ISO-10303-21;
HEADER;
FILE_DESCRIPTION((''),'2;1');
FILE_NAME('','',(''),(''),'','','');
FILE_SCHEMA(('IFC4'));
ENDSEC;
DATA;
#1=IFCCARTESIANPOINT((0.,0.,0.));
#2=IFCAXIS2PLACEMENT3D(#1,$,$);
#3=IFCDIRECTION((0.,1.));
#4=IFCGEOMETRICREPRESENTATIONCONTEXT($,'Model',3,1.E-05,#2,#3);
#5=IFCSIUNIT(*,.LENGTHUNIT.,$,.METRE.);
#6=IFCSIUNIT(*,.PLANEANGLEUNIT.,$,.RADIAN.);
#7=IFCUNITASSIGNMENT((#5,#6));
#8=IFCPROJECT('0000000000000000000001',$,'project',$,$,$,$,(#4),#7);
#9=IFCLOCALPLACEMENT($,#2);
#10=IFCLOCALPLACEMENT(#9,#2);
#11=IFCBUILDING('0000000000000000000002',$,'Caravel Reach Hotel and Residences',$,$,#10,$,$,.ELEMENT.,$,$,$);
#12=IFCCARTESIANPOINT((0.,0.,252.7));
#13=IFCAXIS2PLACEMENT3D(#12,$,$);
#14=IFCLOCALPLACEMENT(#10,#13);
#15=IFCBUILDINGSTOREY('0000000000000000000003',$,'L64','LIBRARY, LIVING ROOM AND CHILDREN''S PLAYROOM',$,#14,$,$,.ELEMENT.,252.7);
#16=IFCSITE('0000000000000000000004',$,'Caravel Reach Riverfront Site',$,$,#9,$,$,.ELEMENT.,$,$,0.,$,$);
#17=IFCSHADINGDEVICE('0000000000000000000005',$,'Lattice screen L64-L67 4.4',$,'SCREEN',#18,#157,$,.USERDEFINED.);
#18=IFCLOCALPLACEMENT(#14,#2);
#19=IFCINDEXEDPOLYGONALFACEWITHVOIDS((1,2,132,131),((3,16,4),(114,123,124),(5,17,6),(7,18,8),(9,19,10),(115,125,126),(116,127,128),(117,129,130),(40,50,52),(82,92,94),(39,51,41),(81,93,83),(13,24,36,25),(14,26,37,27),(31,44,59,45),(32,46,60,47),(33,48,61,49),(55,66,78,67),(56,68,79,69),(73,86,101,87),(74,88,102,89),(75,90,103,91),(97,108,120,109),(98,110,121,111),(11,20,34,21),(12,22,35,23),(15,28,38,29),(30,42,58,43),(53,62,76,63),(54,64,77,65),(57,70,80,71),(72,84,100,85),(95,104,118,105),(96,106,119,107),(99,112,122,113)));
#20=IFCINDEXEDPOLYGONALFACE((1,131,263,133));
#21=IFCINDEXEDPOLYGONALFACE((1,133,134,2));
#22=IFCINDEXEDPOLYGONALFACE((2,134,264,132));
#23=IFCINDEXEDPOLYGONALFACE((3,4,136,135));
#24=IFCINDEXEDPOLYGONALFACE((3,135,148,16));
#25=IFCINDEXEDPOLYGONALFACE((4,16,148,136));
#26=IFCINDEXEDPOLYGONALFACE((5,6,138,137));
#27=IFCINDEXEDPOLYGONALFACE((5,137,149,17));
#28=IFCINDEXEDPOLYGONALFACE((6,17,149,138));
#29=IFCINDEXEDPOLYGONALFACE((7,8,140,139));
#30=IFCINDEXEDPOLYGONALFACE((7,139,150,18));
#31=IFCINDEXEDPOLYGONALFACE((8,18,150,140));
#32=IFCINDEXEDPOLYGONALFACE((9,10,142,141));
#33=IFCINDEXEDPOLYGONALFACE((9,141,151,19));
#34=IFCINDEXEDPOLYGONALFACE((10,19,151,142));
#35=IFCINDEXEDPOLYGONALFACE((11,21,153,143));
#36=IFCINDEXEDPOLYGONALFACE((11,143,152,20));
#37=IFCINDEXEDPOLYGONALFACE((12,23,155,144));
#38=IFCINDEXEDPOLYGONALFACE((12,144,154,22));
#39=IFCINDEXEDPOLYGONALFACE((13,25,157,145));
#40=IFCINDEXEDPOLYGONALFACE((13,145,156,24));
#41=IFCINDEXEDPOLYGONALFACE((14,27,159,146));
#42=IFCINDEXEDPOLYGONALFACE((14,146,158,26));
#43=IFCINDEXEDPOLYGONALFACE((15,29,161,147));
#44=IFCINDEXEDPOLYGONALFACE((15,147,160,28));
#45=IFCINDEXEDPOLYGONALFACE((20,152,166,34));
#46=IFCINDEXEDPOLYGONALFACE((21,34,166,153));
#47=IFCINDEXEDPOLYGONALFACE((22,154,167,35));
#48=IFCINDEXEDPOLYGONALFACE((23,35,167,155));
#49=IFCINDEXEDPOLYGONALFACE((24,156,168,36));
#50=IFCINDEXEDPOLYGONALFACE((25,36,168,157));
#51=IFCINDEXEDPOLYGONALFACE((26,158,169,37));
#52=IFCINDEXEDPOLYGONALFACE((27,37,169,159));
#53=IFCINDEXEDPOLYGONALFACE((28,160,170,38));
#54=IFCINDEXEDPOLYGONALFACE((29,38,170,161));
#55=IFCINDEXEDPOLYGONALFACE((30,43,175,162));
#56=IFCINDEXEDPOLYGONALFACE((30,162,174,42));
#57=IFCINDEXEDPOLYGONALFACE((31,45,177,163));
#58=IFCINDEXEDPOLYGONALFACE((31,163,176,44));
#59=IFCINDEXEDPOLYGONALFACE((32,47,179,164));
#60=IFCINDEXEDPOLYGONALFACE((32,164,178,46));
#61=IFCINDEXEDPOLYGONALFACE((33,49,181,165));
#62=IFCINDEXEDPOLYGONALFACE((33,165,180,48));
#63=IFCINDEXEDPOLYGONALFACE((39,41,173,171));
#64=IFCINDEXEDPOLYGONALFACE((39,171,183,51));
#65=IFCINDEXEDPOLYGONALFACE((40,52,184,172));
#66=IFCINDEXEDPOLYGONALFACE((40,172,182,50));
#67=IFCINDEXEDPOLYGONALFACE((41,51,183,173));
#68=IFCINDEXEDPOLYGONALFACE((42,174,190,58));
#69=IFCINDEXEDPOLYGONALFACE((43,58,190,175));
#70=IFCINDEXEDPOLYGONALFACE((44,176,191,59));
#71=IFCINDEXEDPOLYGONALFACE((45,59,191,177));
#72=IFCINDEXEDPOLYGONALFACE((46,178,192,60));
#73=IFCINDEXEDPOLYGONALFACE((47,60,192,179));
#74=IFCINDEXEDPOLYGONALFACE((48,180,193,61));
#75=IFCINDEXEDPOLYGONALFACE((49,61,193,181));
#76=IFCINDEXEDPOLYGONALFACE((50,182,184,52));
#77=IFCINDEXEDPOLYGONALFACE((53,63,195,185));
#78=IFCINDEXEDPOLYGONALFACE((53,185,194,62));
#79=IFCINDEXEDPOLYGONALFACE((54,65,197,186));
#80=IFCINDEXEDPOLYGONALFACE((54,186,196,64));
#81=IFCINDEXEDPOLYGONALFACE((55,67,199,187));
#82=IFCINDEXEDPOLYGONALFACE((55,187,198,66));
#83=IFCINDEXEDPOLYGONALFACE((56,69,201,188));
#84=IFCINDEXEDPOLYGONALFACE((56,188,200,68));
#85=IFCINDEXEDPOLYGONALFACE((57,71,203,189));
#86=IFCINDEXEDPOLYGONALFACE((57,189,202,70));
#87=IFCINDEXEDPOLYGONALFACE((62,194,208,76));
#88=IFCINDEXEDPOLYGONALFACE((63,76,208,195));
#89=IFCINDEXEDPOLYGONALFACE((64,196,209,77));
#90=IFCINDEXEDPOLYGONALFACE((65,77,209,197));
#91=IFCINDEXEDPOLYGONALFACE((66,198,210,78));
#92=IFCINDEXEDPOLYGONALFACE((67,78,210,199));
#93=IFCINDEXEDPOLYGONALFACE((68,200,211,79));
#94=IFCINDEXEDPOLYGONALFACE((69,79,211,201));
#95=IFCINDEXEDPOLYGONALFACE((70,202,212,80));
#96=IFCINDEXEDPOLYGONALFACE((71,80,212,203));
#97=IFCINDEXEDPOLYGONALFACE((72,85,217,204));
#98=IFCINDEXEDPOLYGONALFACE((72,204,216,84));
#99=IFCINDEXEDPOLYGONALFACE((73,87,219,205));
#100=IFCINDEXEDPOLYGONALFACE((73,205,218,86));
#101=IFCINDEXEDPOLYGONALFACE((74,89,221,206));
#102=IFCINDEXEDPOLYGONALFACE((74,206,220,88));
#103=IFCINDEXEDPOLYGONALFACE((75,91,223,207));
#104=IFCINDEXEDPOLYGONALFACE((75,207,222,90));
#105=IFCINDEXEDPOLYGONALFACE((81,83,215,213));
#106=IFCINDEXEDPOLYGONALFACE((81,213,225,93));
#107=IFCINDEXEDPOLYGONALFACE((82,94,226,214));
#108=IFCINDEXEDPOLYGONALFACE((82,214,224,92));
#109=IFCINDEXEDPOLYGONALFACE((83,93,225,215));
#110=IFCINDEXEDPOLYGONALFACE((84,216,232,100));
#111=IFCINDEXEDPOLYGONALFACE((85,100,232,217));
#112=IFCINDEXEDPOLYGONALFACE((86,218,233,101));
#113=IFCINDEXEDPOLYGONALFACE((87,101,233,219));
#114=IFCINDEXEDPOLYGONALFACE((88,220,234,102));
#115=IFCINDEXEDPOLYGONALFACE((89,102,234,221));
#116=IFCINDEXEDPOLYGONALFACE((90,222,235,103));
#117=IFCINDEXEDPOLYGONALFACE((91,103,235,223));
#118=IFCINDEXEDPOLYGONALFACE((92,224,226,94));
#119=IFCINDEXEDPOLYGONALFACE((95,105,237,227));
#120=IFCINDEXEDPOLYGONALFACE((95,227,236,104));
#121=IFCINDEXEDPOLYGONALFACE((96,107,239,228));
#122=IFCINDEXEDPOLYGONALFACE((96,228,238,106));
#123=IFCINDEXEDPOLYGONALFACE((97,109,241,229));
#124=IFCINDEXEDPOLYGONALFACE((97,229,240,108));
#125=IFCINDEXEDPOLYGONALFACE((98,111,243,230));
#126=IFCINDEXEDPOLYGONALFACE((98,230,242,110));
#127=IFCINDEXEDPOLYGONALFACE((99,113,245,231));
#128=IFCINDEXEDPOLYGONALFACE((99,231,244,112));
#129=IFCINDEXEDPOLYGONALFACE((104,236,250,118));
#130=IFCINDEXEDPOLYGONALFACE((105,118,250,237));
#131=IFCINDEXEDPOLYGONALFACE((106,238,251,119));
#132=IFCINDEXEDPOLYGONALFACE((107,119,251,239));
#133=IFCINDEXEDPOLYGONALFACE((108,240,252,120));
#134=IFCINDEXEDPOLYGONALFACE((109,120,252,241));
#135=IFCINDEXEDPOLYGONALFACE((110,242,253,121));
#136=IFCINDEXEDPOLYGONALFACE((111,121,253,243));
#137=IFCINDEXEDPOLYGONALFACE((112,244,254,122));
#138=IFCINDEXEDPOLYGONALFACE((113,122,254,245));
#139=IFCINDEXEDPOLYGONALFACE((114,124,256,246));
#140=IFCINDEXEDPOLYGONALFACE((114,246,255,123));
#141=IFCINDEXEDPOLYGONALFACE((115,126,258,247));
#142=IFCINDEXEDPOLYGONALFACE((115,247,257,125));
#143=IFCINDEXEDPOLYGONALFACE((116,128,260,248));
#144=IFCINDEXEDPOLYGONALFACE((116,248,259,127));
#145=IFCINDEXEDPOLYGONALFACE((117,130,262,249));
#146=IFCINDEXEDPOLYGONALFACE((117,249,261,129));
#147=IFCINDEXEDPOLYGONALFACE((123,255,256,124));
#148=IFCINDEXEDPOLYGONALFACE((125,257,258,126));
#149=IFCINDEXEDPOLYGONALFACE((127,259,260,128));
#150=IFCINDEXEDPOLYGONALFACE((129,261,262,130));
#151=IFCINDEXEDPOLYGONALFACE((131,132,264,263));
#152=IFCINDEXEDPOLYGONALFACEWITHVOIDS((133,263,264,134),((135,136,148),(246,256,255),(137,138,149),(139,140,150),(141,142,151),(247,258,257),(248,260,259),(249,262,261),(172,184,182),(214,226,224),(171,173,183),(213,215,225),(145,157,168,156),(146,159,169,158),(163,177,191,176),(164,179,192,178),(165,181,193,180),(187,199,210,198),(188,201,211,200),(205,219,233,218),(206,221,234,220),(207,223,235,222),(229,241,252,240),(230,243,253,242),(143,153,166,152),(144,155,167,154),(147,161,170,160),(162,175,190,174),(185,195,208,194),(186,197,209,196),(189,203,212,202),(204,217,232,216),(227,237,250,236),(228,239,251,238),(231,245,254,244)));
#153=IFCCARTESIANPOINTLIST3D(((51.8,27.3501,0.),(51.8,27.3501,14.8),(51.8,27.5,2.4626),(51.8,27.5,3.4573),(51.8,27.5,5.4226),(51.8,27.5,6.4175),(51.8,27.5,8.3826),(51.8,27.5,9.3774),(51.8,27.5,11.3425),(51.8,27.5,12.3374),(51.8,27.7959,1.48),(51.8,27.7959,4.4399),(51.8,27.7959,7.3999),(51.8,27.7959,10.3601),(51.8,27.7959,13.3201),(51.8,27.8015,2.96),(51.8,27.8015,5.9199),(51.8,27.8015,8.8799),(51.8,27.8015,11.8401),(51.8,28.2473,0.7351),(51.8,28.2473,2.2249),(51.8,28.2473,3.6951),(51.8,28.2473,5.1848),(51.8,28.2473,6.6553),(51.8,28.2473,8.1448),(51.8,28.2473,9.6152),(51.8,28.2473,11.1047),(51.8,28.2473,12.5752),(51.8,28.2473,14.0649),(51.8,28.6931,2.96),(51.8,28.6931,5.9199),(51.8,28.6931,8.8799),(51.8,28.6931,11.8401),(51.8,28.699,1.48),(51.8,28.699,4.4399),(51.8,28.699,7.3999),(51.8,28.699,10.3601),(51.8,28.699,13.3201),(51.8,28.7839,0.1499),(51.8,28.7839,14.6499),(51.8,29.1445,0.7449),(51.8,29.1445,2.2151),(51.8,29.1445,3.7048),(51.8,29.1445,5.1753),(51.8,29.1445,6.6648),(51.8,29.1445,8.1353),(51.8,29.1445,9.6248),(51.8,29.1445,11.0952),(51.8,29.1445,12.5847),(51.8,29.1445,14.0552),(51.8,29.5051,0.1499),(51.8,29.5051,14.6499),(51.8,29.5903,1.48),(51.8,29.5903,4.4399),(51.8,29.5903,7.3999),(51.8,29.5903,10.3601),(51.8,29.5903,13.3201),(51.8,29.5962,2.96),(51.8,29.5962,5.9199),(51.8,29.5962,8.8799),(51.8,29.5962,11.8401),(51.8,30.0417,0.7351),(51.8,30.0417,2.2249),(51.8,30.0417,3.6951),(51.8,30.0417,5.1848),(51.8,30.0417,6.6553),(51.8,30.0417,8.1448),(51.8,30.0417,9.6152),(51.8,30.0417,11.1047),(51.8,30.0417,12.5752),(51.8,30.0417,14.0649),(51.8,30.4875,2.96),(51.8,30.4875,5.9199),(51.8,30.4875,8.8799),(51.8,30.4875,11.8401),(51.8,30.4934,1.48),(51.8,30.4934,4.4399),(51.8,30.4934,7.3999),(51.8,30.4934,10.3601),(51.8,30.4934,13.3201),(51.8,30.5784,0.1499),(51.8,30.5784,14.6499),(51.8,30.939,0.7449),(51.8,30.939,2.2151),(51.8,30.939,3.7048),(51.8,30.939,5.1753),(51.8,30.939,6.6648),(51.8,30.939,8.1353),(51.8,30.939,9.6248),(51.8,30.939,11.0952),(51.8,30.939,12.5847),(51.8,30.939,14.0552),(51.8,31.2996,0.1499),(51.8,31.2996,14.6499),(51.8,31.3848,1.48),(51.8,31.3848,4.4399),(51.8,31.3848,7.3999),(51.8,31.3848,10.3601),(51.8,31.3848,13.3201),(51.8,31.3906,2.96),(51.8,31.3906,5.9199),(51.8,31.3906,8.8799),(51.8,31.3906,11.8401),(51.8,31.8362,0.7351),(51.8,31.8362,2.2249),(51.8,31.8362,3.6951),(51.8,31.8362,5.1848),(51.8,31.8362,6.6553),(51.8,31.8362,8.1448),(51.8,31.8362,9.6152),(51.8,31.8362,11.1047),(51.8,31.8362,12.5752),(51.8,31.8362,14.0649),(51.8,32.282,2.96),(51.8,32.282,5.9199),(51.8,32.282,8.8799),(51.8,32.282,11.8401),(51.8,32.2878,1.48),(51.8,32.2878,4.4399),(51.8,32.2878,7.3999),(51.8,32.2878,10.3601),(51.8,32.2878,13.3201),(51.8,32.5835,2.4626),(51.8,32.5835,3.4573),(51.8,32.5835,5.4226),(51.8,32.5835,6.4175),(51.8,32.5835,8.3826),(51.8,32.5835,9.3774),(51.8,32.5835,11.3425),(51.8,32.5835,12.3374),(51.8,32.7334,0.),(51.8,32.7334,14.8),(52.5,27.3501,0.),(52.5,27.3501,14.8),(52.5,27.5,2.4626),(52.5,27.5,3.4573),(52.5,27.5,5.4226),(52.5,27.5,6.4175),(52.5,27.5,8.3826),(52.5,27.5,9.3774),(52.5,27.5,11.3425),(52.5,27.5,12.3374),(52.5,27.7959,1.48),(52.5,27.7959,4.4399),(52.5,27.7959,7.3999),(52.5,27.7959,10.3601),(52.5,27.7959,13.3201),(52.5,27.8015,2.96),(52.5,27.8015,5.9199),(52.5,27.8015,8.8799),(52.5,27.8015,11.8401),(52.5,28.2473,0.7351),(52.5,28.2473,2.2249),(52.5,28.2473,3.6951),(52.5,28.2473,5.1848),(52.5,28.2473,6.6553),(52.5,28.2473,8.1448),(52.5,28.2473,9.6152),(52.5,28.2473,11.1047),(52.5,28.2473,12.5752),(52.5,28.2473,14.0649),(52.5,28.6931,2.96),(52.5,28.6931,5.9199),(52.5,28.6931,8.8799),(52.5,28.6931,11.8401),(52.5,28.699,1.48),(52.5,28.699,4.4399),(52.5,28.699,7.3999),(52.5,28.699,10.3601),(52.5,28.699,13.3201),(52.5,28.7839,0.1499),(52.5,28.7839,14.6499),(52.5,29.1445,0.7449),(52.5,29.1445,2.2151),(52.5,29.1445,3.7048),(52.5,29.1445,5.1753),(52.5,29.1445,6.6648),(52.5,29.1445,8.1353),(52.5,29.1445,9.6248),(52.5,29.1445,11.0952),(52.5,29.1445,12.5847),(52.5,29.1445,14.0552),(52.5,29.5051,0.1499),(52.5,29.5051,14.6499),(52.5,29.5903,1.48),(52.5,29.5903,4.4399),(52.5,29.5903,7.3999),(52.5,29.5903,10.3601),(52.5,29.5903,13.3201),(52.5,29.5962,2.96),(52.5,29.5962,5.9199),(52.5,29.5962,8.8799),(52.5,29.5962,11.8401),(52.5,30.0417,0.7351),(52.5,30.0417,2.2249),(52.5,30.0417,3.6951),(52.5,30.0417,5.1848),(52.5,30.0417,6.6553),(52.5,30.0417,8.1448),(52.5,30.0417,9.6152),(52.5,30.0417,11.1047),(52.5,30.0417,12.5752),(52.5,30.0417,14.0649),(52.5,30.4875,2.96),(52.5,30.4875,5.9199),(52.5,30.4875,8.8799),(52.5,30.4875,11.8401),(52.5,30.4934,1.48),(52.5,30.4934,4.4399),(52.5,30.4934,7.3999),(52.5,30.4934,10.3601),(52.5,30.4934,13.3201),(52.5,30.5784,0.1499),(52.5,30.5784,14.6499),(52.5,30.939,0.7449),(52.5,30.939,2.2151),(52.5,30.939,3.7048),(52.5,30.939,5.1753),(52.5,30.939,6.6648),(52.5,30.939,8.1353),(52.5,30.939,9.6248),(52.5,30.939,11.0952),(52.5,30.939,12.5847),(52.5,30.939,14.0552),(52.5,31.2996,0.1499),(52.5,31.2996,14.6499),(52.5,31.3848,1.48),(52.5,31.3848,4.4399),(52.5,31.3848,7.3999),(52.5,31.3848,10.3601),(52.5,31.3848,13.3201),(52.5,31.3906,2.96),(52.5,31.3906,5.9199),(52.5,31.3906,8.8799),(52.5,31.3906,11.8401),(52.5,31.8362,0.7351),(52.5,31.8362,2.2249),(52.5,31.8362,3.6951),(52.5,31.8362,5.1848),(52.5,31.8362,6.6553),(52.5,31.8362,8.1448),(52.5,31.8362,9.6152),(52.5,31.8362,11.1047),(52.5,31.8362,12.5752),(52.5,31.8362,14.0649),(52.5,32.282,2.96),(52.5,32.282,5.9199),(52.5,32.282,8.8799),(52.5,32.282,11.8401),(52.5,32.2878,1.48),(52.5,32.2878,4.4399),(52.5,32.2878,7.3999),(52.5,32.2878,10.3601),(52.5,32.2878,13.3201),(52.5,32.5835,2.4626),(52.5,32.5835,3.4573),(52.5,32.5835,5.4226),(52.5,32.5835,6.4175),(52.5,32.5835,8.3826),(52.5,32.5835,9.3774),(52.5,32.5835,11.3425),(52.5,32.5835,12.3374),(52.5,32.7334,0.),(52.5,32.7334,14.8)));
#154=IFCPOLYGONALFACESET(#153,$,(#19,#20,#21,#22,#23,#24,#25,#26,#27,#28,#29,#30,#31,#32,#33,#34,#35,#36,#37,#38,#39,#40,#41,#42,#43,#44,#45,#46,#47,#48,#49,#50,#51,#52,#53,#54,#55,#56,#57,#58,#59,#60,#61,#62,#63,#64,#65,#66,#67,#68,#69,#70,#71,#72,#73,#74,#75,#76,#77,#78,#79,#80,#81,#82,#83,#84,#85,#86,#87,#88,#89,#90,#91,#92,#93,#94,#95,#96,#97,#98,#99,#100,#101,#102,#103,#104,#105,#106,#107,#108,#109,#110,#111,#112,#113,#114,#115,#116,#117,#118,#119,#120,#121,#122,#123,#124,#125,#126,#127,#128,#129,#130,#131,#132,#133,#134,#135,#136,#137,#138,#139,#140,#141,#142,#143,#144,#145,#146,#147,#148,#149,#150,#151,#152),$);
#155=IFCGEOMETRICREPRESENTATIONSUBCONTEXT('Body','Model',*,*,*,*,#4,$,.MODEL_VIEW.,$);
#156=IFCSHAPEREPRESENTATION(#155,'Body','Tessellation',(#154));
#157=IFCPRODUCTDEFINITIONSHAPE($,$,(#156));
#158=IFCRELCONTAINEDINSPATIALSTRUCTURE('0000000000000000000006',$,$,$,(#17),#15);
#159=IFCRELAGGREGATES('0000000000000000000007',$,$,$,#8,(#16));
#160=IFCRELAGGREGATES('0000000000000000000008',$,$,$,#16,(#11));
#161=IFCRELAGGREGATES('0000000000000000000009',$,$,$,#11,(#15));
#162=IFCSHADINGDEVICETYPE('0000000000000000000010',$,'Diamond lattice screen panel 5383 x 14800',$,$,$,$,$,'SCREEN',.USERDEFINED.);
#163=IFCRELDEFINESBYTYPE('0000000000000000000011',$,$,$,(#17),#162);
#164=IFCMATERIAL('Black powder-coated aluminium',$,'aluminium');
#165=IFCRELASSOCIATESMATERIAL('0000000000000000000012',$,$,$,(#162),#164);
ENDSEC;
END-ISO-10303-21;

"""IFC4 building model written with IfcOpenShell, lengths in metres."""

from ifc_helpers import new_model, si_unit, direction, frame, origin, place, context, subcontext, project, spatial, polyline, outline, extrude, material, type_object, element, save


model = new_model("IFC4")

# Units and contexts
model_context = context("Model", 3, precision=1e-05, world=origin(), true_north=direction((0.0, 1.0)))
body_context = subcontext(model_context, "Body", "Model", "MODEL_VIEW")
ifc_project = project(units=[si_unit("LENGTHUNIT", "METRE"), si_unit("PLANEANGLEUNIT", "RADIAN")], contexts=[model_context])

# Site, building, storey
site_placement = place(None, origin())
site = spatial("IfcSite", under=ifc_project, at=site_placement, Name="Caravel Reach Riverfront Site", CompositionType="ELEMENT", RefElevation=0.0)
building_placement = place(site_placement, origin())
building = spatial("IfcBuilding", under=site, at=building_placement, Name="Caravel Reach Hotel and Residences", CompositionType="ELEMENT")
storey_placement = place(building_placement, frame((0.0, 0.0, 252.7)))
storey = spatial("IfcBuildingStorey", under=building, at=storey_placement, Name="L64", Description="LIBRARY, LIVING ROOM AND CHILDREN'S PLAYROOM", CompositionType="ELEMENT", Elevation=252.7)

# Shading device
ifc_material_1 = material(Name="Black powder-coated aluminium", Category="aluminium")
shading_device_type = type_object("IfcShadingDeviceType", Name="Diamond lattice screen panel 5383 x 14800", ElementType="SCREEN", PredefinedType="USERDEFINED", material=ifc_material_1)
shading_device_1_placement = place(storey_placement, frame((51.8, 27.3501, 0.0), z_axis=(1.0, 0.0, 0.0), x_axis=(0.0, 1.0, 0.0)))
element("IfcShadingDevice", 1, at=shading_device_1_placement, inside=storey, type_object=shading_device_type, Name="Lattice screen L64-L67 4.4", ObjectType="SCREEN", PredefinedType="USERDEFINED", context=body_context, shape_type="SweptSolid", body=[
    extrude(outline(polyline([(0.0, 0.0), (5.3833, 0.0), (5.3833, 14.8), (0.0, 14.8), (0.0, 0.0)]), holes=[polyline([(0.4514, 2.96), (0.1499, 3.4573), (0.1499, 2.4626), (0.4514, 2.96)]), polyline([(0.4514, 5.9199), (0.1499, 6.4175), (0.1499, 5.4226), (0.4514, 5.9199)]), polyline([(0.4514, 8.8799), (0.1499, 9.3774), (0.1499, 8.3826), (0.4514, 8.8799)]), polyline([(0.4514, 11.8401), (0.1499, 12.3374), (0.1499, 11.3425), (0.4514, 11.8401)]), polyline([(0.8972, 2.2249), (0.4458, 1.48), (0.8972, 0.7351), (1.3489, 1.48), (0.8972, 2.2249)]), polyline([(0.8972, 5.1848), (0.4458, 4.4399), (0.8972, 3.6951), (1.3489, 4.4399), (0.8972, 5.1848)]), polyline([(0.8972, 8.1448), (0.4458, 7.3999), (0.8972, 6.6553), (1.3489, 7.3999), (0.8972, 8.1448)]), polyline([(0.8972, 11.1047), (0.4458, 10.3601), (0.8972, 9.6152), (1.3489, 10.3601), (0.8972, 11.1047)]), polyline([(0.8972, 14.0649), (0.4458, 13.3201), (0.8972, 12.5752), (1.3489, 13.3201), (0.8972, 14.0649)]), polyline([(1.7944, 0.7449), (1.4338, 0.1499), (2.155, 0.1499), (1.7944, 0.7449)]), polyline([(1.7944, 3.7048), (1.343, 2.96), (1.7944, 2.2151), (2.2461, 2.96), (1.7944, 3.7048)]), polyline([(1.7944, 6.6648), (1.343, 5.9199), (1.7944, 5.1753), (2.2461, 5.9199), (1.7944, 6.6648)]), polyline([(1.7944, 9.6248), (1.343, 8.8799), (1.7944, 8.1353), (2.2461, 8.8799), (1.7944, 9.6248)]), polyline([(1.7944, 12.5847), (1.343, 11.8401), (1.7944, 11.0952), (2.2461, 11.8401), (1.7944, 12.5847)]), polyline([(1.7944, 14.0552), (2.155, 14.6499), (1.4338, 14.6499), (1.7944, 14.0552)]), polyline([(2.6917, 2.2249), (2.2402, 1.48), (2.6917, 0.7351), (3.1433, 1.48), (2.6917, 2.2249)]), polyline([(2.6917, 5.1848), (2.2402, 4.4399), (2.6917, 3.6951), (3.1433, 4.4399), (2.6917, 5.1848)]), polyline([(2.6917, 8.1448), (2.2402, 7.3999), (2.6917, 6.6553), (3.1433, 7.3999), (2.6917, 8.1448)]), polyline([(2.6917, 11.1047), (2.2402, 10.3601), (2.6917, 9.6152), (3.1433, 10.3601), (2.6917, 11.1047)]), polyline([(2.6917, 14.0649), (2.2402, 13.3201), (2.6917, 12.5752), (3.1433, 13.3201), (2.6917, 14.0649)]), polyline([(3.5889, 0.7449), (3.2283, 0.1499), (3.9495, 0.1499), (3.5889, 0.7449)]), polyline([(3.5889, 3.7048), (3.1375, 2.96), (3.5889, 2.2151), (4.0405, 2.96), (3.5889, 3.7048)]), polyline([(3.5889, 6.6648), (3.1375, 5.9199), (3.5889, 5.1753), (4.0405, 5.9199), (3.5889, 6.6648)]), polyline([(3.5889, 9.6248), (3.1375, 8.8799), (3.5889, 8.1353), (4.0405, 8.8799), (3.5889, 9.6248)]), polyline([(3.5889, 12.5847), (3.1375, 11.8401), (3.5889, 11.0952), (4.0405, 11.8401), (3.5889, 12.5847)]), polyline([(3.5889, 14.0552), (3.9495, 14.6499), (3.2283, 14.6499), (3.5889, 14.0552)]), polyline([(4.4861, 2.2249), (4.0347, 1.48), (4.4861, 0.7351), (4.9377, 1.48), (4.4861, 2.2249)]), polyline([(4.4861, 5.1848), (4.0347, 4.4399), (4.4861, 3.6951), (4.9377, 4.4399), (4.4861, 5.1848)]), polyline([(4.4861, 8.1448), (4.0347, 7.3999), (4.4861, 6.6553), (4.9377, 7.3999), (4.4861, 8.1448)]), polyline([(4.4861, 11.1047), (4.0347, 10.3601), (4.4861, 9.6152), (4.9377, 10.3601), (4.4861, 11.1047)]), polyline([(4.4861, 14.0649), (4.0347, 13.3201), (4.4861, 12.5752), (4.9377, 13.3201), (4.4861, 14.0649)]), polyline([(4.9319, 2.96), (5.2334, 2.4626), (5.2334, 3.4573), (4.9319, 2.96)]), polyline([(4.9319, 5.9199), (5.2334, 5.4226), (5.2334, 6.4175), (4.9319, 5.9199)]), polyline([(4.9319, 8.8799), (5.2334, 8.3826), (5.2334, 9.3774), (4.9319, 8.8799)]), polyline([(4.9319, 11.8401), (5.2334, 11.3425), (5.2334, 12.3374), (4.9319, 11.8401)])]), origin(), (0.0, 0.0, 1.0), 0.7),
])

save(model, "model.ifc")
